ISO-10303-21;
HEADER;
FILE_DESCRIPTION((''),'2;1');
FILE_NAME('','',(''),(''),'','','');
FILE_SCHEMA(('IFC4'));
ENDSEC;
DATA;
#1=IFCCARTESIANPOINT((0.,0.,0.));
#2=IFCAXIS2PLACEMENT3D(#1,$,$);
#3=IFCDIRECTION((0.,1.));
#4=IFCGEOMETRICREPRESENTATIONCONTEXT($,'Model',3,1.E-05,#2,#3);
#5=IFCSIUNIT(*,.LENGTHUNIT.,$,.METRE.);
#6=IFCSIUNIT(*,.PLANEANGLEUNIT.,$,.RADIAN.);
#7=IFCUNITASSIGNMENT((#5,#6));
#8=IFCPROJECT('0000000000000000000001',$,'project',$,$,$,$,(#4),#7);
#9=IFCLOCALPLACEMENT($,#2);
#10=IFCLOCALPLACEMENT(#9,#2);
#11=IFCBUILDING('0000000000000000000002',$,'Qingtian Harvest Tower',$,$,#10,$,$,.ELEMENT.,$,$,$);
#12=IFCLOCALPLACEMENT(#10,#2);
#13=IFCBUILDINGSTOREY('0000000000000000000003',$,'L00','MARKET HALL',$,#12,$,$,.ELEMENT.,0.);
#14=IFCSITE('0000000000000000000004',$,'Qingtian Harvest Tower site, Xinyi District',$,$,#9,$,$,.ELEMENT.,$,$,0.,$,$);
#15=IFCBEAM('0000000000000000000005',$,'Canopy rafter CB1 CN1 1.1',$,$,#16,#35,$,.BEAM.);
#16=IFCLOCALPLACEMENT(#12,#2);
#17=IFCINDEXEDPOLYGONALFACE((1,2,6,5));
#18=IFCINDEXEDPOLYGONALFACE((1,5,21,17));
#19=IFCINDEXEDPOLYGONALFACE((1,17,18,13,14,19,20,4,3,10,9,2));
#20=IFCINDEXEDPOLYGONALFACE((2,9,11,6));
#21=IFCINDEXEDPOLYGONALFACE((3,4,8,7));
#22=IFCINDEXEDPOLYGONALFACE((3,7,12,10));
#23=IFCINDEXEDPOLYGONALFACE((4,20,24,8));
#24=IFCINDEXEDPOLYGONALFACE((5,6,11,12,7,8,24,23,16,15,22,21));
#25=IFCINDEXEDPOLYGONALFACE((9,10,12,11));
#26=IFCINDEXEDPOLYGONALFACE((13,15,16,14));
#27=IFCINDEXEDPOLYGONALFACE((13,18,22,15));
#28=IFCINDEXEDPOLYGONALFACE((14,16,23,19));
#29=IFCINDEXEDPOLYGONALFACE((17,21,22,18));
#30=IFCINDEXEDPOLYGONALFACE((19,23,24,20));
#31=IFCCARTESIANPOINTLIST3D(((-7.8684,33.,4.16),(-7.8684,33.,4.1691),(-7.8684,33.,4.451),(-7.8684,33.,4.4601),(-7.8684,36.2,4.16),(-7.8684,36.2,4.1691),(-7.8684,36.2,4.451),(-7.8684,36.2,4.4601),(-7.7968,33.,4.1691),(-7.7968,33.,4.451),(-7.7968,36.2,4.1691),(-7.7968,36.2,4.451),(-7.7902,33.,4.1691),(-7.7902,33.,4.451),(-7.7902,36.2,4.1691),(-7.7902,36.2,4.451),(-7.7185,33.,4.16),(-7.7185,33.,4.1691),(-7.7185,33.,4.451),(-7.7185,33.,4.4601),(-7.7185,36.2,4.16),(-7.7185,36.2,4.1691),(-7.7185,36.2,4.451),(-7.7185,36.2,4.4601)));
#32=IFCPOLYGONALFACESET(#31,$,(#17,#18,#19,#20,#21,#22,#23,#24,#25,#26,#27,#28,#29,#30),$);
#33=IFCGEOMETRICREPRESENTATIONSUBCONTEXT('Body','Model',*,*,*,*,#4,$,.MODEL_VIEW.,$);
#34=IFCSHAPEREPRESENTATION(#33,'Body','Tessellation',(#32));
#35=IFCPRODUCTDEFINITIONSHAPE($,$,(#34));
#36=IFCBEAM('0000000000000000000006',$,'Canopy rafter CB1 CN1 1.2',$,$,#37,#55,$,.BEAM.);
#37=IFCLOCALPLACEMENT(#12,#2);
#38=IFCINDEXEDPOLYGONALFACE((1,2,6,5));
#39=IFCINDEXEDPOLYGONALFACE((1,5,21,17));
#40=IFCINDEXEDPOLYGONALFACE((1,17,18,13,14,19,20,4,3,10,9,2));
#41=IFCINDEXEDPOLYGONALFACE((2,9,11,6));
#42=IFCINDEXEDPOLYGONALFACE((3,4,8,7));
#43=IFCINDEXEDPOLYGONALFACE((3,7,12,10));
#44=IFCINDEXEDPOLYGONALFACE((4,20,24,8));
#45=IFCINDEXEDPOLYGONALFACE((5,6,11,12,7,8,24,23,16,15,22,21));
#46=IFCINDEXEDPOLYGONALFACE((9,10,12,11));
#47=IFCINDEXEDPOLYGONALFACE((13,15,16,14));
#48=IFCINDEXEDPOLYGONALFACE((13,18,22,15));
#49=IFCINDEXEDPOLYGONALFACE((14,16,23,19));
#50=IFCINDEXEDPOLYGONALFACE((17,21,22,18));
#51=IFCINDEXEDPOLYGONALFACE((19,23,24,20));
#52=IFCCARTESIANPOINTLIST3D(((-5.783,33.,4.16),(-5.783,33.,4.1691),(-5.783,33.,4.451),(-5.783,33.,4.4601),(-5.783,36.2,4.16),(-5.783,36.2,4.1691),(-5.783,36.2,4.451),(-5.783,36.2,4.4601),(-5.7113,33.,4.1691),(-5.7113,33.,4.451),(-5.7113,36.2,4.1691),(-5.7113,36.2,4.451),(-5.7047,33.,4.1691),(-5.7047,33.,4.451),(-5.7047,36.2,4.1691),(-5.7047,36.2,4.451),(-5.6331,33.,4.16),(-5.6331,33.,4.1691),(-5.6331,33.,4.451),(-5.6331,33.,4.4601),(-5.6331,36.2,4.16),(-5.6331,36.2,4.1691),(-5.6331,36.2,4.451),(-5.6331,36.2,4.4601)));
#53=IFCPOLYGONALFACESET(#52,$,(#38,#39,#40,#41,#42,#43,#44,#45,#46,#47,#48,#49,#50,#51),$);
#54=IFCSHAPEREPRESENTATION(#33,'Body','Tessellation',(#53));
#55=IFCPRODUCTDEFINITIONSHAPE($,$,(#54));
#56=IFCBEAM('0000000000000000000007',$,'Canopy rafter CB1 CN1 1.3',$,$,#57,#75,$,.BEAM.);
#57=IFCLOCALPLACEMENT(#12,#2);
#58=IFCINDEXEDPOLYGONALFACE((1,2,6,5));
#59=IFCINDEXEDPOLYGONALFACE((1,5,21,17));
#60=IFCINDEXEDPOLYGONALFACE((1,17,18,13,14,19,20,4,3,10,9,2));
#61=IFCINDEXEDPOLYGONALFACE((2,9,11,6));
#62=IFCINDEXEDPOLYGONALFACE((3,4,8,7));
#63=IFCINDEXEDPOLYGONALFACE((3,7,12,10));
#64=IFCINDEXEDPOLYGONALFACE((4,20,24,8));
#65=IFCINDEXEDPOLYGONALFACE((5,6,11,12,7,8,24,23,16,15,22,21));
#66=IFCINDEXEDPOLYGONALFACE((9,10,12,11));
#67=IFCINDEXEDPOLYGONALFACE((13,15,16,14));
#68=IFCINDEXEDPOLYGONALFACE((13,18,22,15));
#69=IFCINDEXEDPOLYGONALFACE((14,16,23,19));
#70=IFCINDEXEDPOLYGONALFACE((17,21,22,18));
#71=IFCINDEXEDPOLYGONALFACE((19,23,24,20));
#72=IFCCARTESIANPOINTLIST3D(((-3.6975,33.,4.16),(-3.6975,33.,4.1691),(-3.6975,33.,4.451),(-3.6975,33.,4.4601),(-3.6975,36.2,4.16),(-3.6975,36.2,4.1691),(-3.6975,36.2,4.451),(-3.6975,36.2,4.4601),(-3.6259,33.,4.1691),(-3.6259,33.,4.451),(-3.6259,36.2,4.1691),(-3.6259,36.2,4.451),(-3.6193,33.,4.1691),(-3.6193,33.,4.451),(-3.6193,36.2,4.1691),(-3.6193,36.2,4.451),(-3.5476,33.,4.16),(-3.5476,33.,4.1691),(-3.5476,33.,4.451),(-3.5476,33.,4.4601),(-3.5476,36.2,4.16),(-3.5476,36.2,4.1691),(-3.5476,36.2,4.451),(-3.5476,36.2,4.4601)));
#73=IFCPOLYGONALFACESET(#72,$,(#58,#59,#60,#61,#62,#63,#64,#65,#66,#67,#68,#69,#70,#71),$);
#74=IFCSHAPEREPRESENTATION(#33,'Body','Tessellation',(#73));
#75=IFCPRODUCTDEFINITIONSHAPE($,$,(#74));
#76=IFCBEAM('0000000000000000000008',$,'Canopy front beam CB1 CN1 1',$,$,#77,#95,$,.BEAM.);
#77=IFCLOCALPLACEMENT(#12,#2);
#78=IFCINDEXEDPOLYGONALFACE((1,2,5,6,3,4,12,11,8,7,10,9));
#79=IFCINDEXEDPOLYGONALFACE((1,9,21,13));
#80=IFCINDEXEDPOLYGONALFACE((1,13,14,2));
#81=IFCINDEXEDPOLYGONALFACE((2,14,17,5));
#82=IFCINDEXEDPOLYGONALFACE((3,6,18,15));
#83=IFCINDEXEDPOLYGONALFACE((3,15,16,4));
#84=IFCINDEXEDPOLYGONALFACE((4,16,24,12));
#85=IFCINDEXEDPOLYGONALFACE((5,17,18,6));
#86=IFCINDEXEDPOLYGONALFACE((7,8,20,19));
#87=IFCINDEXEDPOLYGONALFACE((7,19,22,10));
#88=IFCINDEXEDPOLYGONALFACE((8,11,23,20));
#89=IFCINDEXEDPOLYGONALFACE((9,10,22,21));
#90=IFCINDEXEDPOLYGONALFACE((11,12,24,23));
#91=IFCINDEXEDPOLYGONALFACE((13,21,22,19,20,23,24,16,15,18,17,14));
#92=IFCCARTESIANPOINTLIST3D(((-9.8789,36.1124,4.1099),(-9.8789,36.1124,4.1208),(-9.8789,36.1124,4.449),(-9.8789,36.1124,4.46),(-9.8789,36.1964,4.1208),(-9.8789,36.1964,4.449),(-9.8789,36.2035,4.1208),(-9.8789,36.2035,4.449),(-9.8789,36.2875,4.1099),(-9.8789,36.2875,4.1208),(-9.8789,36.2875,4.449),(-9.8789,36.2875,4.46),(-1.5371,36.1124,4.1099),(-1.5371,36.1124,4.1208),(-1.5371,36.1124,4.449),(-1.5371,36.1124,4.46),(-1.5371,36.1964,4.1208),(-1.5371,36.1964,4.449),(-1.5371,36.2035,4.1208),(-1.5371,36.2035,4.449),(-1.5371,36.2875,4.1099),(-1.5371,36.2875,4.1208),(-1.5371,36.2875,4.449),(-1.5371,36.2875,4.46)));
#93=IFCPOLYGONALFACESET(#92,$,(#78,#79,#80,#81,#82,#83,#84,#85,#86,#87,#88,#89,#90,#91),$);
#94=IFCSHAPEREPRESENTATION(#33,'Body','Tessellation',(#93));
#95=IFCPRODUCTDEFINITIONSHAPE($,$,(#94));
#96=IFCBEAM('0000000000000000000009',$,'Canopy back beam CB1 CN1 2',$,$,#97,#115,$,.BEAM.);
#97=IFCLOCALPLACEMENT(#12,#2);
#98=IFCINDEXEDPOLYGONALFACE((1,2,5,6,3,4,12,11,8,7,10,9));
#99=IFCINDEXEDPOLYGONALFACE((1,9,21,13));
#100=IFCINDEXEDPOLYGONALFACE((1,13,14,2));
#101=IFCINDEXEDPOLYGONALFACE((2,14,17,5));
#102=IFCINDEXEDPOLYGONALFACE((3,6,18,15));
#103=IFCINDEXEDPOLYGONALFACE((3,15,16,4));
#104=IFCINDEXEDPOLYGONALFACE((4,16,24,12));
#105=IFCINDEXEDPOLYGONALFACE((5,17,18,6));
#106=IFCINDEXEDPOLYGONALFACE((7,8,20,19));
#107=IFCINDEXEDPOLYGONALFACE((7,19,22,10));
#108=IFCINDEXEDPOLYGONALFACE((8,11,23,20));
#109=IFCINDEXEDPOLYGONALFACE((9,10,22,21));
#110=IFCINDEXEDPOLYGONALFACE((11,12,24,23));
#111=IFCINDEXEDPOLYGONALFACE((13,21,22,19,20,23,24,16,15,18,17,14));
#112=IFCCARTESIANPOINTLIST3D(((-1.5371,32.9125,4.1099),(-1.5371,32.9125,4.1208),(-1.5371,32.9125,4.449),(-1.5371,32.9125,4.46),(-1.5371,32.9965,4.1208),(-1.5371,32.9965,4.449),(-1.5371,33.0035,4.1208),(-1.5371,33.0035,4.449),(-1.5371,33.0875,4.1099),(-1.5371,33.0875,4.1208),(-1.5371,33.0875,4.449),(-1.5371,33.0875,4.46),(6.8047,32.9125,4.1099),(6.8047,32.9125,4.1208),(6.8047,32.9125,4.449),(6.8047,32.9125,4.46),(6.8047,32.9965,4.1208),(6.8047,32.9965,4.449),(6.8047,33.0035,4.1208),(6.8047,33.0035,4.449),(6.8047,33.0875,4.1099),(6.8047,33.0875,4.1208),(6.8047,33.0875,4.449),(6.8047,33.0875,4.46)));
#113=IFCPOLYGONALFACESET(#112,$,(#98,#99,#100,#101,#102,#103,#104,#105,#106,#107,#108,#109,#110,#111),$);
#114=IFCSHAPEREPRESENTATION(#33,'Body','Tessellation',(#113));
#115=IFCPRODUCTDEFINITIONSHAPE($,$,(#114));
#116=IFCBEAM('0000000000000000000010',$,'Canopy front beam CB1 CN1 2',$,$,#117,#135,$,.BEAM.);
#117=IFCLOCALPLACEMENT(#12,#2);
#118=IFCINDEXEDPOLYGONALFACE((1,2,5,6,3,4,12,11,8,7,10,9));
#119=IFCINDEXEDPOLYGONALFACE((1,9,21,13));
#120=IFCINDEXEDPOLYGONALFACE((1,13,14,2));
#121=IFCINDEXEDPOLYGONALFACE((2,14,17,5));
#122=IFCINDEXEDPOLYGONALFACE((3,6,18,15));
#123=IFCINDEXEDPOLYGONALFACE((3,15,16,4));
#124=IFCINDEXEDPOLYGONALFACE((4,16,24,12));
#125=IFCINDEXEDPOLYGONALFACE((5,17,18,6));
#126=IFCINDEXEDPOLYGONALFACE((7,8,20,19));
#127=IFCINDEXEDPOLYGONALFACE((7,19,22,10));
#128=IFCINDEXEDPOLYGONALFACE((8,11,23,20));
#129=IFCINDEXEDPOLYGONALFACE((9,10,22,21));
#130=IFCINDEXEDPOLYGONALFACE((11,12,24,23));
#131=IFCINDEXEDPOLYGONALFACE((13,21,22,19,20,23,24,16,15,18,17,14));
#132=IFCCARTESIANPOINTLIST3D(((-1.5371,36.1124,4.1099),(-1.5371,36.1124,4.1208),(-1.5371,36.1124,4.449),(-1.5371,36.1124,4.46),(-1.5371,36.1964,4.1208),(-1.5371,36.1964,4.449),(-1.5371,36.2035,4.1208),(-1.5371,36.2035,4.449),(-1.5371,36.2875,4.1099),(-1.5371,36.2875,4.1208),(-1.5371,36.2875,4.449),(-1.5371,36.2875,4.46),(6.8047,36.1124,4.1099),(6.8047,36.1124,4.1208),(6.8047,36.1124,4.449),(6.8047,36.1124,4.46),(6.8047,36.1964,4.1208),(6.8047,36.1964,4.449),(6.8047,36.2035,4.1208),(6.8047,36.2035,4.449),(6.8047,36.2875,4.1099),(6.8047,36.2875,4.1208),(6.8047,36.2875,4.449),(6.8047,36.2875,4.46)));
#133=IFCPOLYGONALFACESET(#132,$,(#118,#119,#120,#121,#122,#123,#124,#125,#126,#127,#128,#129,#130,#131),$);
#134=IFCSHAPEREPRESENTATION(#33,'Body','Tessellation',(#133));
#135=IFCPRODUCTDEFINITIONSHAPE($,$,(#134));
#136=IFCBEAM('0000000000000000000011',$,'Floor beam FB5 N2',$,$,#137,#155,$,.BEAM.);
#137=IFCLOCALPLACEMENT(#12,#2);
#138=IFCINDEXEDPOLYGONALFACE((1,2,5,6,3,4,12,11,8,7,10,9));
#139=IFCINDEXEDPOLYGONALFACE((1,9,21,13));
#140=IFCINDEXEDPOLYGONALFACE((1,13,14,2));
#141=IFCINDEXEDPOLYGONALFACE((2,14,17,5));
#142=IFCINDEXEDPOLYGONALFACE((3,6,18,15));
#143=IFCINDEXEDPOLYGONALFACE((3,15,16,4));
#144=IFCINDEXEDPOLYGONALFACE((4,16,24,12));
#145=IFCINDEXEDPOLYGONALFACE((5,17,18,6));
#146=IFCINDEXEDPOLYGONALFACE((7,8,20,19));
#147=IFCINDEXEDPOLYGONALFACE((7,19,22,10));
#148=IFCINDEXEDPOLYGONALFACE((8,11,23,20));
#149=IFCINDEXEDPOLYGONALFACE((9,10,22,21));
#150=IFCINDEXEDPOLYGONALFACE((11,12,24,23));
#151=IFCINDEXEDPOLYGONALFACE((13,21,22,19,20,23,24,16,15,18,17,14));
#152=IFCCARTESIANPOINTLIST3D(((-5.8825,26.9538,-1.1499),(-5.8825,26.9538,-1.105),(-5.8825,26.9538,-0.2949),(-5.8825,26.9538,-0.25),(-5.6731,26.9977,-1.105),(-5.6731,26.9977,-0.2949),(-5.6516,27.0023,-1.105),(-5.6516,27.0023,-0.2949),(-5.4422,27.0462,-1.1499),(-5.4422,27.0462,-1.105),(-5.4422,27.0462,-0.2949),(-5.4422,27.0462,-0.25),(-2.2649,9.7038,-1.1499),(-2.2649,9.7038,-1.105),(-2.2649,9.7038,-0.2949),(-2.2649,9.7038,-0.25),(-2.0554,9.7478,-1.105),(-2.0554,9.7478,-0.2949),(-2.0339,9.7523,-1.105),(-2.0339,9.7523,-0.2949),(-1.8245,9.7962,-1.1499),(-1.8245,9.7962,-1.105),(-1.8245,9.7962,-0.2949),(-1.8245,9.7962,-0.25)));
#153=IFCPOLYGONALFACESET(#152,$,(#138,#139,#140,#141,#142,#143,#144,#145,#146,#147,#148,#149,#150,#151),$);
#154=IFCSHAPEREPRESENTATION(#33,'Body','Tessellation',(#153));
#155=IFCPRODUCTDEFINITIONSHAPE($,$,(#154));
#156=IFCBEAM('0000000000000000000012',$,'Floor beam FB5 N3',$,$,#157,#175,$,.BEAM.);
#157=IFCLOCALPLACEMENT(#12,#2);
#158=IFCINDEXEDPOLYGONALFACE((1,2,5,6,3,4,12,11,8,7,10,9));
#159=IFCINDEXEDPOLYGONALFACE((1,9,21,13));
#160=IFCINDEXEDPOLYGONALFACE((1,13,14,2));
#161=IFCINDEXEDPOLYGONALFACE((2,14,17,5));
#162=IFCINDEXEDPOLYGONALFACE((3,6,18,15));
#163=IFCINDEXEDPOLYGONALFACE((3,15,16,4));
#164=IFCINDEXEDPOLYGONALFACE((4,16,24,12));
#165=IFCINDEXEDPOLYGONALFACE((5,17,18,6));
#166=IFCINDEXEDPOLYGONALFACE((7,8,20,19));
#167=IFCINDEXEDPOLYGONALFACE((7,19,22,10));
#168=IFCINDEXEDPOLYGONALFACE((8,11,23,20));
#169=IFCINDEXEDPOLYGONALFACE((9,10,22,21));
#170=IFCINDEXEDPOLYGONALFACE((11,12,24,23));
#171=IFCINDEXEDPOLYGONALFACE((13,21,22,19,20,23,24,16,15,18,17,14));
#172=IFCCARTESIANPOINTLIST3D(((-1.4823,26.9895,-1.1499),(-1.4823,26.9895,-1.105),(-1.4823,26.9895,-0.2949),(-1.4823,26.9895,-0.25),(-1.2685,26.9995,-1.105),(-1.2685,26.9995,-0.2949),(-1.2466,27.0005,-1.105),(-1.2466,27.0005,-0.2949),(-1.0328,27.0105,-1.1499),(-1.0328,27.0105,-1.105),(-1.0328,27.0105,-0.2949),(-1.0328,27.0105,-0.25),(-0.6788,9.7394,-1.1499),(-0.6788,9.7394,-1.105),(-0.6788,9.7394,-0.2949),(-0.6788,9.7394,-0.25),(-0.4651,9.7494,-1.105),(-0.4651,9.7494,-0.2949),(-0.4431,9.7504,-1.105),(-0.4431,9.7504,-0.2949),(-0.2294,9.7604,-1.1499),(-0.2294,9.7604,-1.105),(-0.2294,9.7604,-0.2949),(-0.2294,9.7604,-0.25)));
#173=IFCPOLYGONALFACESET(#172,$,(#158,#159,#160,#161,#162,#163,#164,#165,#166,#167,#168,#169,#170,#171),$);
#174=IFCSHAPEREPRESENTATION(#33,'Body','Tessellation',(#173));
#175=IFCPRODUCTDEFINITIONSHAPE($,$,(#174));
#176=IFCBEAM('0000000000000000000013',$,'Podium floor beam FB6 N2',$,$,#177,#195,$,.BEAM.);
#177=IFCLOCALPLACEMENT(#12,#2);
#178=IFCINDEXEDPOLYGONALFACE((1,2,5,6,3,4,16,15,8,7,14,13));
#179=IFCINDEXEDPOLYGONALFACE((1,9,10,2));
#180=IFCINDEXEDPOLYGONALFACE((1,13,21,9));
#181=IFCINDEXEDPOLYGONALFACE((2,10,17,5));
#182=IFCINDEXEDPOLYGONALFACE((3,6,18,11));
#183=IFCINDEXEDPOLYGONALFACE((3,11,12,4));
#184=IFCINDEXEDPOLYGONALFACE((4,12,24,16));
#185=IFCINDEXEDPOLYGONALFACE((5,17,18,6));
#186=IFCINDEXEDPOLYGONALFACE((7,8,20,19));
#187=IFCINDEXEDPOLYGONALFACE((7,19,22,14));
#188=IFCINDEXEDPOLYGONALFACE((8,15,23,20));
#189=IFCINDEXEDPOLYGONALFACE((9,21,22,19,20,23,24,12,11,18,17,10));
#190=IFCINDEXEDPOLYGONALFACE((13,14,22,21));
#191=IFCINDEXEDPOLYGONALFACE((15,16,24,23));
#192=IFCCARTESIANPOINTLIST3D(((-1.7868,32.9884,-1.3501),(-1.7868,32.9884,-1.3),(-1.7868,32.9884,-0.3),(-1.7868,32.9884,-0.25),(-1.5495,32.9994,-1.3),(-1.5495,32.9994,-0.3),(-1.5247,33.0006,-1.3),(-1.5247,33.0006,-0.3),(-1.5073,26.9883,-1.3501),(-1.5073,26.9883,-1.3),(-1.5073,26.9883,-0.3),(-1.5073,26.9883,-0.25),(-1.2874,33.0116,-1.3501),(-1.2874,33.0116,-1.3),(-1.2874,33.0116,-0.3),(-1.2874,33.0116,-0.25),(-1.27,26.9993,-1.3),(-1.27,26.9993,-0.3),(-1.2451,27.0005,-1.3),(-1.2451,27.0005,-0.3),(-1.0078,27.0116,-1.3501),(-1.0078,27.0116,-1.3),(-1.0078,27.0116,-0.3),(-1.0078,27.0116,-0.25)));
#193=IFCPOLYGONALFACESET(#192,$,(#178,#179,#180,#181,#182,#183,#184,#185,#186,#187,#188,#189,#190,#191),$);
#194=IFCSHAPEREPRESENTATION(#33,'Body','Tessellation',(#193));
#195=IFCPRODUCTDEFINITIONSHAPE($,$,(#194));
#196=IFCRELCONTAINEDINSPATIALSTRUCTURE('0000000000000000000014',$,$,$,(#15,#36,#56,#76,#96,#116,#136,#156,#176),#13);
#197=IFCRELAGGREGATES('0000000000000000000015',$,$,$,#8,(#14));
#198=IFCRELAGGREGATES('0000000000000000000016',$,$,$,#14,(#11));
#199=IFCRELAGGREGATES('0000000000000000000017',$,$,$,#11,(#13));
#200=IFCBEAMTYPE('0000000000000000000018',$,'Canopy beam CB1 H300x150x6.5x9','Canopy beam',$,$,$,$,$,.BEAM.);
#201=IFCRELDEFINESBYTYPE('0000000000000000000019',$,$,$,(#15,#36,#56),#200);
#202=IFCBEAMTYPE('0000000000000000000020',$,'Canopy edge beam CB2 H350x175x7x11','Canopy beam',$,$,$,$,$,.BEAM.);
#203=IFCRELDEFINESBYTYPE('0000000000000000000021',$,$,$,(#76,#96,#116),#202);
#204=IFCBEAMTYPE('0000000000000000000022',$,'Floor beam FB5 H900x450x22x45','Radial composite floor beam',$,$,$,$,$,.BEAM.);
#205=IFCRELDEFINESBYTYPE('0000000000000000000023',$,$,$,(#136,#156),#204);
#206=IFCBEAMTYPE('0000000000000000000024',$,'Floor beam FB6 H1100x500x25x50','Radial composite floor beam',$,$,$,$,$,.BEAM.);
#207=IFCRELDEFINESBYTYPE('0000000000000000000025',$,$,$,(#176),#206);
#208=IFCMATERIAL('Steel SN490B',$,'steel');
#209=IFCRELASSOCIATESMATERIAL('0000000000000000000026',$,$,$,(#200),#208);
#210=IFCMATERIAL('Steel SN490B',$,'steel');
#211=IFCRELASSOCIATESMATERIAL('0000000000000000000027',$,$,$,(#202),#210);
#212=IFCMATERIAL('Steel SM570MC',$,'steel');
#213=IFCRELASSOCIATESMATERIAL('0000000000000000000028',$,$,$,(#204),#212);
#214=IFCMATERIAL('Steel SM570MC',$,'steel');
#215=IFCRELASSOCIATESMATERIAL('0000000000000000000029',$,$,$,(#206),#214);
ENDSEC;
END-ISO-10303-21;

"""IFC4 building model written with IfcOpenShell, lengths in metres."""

from ifc_helpers import new_model, si_unit, direction, frame, origin, origin_2d, place, context, subcontext, project, spatial, i_section, extrude, material, material_profile, profile_set, type_object, element, save


model = new_model("IFC4")

# Units and contexts
model_context = context("Model", 3, precision=1e-05, world=origin(), true_north=direction((0.0, 1.0)))
body_context = subcontext(model_context, "Body", "Model", "MODEL_VIEW")
ifc_project = project(units=[si_unit("LENGTHUNIT", "METRE"), si_unit("PLANEANGLEUNIT", "RADIAN")], contexts=[model_context])

# Site, building, storey
site_placement = place(None, origin())
site = spatial("IfcSite", under=ifc_project, at=site_placement, Name="Qingtian Harvest Tower site, Xinyi District", CompositionType="ELEMENT", RefElevation=0.0)
building_placement = place(site_placement, origin())
building = spatial("IfcBuilding", under=site, at=building_placement, Name="Qingtian Harvest Tower", CompositionType="ELEMENT")
storey_placement = place(building_placement, origin())
storey = spatial("IfcBuildingStorey", under=building, at=storey_placement, Name="L00", Description="MARKET HALL", CompositionType="ELEMENT", Elevation=0.0)

# Beams
ifc_material_1 = material(Name="Steel SN490B", Category="steel")
ifc_material_profile_1 = material_profile(ifc_material_1, i_section(OverallWidth=0.1499, OverallDepth=0.3, WebThickness=0.0066, FlangeThickness=0.009, at=origin_2d()), Name="H300x150x6.5x9")
ifc_profile_set_1 = profile_set([ifc_material_profile_1], Name="Steel SN490B")
beam_type_1 = type_object("IfcBeamType", Name="Canopy beam CB1 H300x150x6.5x9", Description="Canopy beam", PredefinedType="BEAM", material=ifc_profile_set_1)
for number, where, z_axis, x_axis, name in (
    (1, (-7.7935, 33.0, 4.3101), (0.0, 1.0, 0.0), (-1.0, 0.0, 0.0), "Canopy rafter CB1 CN1 1.1"),
    (2, (-5.708, 33.0, 4.3101), (0.0, 1.0, 0.0), (-1.0, 0.0, 0.0), "Canopy rafter CB1 CN1 1.2"),
    (3, (-3.6226, 33.0, 4.3101), (0.0, 1.0, 0.0), (-1.0, 0.0, 0.0), "Canopy rafter CB1 CN1 1.3"),
):
    element("IfcBeam", number, at=place(storey_placement, frame(where, z_axis=z_axis, x_axis=x_axis)), inside=storey, type_object=beam_type_1, Name=name, PredefinedType="BEAM", context=body_context, shape_type="SweptSolid", body=[
        extrude(i_section(OverallWidth=0.1499, OverallDepth=0.3, WebThickness=0.0066, FlangeThickness=0.009, at=origin_2d()), origin(), (0.0, 0.0, 1.0), 3.2),
    ])
ifc_material_2 = material(Name="Steel SN490B", Category="steel")
ifc_material_profile_2 = material_profile(ifc_material_2, i_section(OverallWidth=0.175, OverallDepth=0.3501, WebThickness=0.0071, FlangeThickness=0.011, at=origin_2d()), Name="H350x175x7x11")
ifc_profile_set_2 = profile_set([ifc_material_profile_2], Name="Steel SN490B")
beam_type_2 = type_object("IfcBeamType", Name="Canopy edge beam CB2 H350x175x7x11", Description="Canopy beam", PredefinedType="BEAM", material=ifc_profile_set_2)
for number, where, z_axis, x_axis, name in (
    (4, (-9.8789, 36.2, 4.2849), (1.0, 0.0, 0.0), (0.0, 1.0, 0.0), "Canopy front beam CB1 CN1 1"),
    (5, (-1.5371, 33.0, 4.2849), (1.0, 0.0, 0.0), (0.0, 1.0, 0.0), "Canopy back beam CB1 CN1 2"),
    (6, (-1.5371, 36.2, 4.2849), (1.0, 0.0, 0.0), (0.0, 1.0, 0.0), "Canopy front beam CB1 CN1 2"),
):
    element("IfcBeam", number, at=place(storey_placement, frame(where, z_axis=z_axis, x_axis=x_axis)), inside=storey, type_object=beam_type_2, Name=name, PredefinedType="BEAM", context=body_context, shape_type="SweptSolid", body=[
        extrude(i_section(OverallWidth=0.175, OverallDepth=0.3501, WebThickness=0.0071, FlangeThickness=0.011, at=origin_2d()), origin(), (0.0, 0.0, 1.0), 8.3418),
    ])
ifc_material_3 = material(Name="Steel SM570MC", Category="steel")
ifc_material_profile_3 = material_profile(ifc_material_3, i_section(OverallWidth=0.45, OverallDepth=0.8999, WebThickness=0.022, FlangeThickness=0.0449, at=origin_2d()), Name="H900x450x22x45")
ifc_profile_set_3 = profile_set([ifc_material_profile_3], Name="Steel SM570MC")
beam_type_3 = type_object("IfcBeamType", Name="Floor beam FB5 H900x450x22x45", Description="Radial composite floor beam", PredefinedType="BEAM", material=ifc_profile_set_3)
beam_1_placement = place(storey_placement, frame((-5.6624, 27.0, -0.7), z_axis=(0.205255, -0.978709, 0.0), x_axis=(0.978709, 0.205255, 0.0)))
element("IfcBeam", 7, at=beam_1_placement, inside=storey, type_object=beam_type_3, Name="Floor beam FB5 N2", PredefinedType="BEAM", context=body_context, shape_type="SweptSolid", body=[
    extrude(i_section(OverallWidth=0.45, OverallDepth=0.8999, WebThickness=0.022, FlangeThickness=0.0449, at=origin_2d()), origin(), (0.0, 0.0, 1.0), 17.6252),
])
beam_2_placement = place(storey_placement, frame((-1.2576, 27.0, -0.7), z_axis=(0.046527, -0.998917, 0.0), x_axis=(0.998917, 0.046527, 0.0)))
element("IfcBeam", 8, at=beam_2_placement, inside=storey, type_object=beam_type_3, Name="Floor beam FB5 N3", PredefinedType="BEAM", context=body_context, shape_type="SweptSolid", body=[
    extrude(i_section(OverallWidth=0.45, OverallDepth=0.8999, WebThickness=0.022, FlangeThickness=0.0449, at=origin_2d()), origin(), (0.0, 0.0, 1.0), 17.2688),
])
ifc_material_4 = material(Name="Steel SM570MC", Category="steel")
ifc_material_profile_4 = material_profile(ifc_material_4, i_section(OverallWidth=0.5, OverallDepth=1.1001, WebThickness=0.0249, FlangeThickness=0.05, at=origin_2d()), Name="H1100x500x25x50")
ifc_profile_set_4 = profile_set([ifc_material_profile_4], Name="Steel SM570MC")
beam_type_4 = type_object("IfcBeamType", Name="Floor beam FB6 H1100x500x25x50", Description="Radial composite floor beam", PredefinedType="BEAM", material=ifc_profile_set_4)
beam_3_placement = place(storey_placement, frame((-1.5371, 33.0, -0.8), z_axis=(0.04654, -0.998916, 0.0), x_axis=(0.998916, 0.04654, 0.0)))
element("IfcBeam", 9, at=beam_3_placement, inside=storey, type_object=beam_type_4, Name="Podium floor beam FB6 N2", PredefinedType="BEAM", context=body_context, shape_type="SweptSolid", body=[
    extrude(i_section(OverallWidth=0.5, OverallDepth=1.1001, WebThickness=0.0249, FlangeThickness=0.05, at=origin_2d()), origin(), (0.0, 0.0, 1.0), 6.0066),
])

save(model, "model.ifc")
